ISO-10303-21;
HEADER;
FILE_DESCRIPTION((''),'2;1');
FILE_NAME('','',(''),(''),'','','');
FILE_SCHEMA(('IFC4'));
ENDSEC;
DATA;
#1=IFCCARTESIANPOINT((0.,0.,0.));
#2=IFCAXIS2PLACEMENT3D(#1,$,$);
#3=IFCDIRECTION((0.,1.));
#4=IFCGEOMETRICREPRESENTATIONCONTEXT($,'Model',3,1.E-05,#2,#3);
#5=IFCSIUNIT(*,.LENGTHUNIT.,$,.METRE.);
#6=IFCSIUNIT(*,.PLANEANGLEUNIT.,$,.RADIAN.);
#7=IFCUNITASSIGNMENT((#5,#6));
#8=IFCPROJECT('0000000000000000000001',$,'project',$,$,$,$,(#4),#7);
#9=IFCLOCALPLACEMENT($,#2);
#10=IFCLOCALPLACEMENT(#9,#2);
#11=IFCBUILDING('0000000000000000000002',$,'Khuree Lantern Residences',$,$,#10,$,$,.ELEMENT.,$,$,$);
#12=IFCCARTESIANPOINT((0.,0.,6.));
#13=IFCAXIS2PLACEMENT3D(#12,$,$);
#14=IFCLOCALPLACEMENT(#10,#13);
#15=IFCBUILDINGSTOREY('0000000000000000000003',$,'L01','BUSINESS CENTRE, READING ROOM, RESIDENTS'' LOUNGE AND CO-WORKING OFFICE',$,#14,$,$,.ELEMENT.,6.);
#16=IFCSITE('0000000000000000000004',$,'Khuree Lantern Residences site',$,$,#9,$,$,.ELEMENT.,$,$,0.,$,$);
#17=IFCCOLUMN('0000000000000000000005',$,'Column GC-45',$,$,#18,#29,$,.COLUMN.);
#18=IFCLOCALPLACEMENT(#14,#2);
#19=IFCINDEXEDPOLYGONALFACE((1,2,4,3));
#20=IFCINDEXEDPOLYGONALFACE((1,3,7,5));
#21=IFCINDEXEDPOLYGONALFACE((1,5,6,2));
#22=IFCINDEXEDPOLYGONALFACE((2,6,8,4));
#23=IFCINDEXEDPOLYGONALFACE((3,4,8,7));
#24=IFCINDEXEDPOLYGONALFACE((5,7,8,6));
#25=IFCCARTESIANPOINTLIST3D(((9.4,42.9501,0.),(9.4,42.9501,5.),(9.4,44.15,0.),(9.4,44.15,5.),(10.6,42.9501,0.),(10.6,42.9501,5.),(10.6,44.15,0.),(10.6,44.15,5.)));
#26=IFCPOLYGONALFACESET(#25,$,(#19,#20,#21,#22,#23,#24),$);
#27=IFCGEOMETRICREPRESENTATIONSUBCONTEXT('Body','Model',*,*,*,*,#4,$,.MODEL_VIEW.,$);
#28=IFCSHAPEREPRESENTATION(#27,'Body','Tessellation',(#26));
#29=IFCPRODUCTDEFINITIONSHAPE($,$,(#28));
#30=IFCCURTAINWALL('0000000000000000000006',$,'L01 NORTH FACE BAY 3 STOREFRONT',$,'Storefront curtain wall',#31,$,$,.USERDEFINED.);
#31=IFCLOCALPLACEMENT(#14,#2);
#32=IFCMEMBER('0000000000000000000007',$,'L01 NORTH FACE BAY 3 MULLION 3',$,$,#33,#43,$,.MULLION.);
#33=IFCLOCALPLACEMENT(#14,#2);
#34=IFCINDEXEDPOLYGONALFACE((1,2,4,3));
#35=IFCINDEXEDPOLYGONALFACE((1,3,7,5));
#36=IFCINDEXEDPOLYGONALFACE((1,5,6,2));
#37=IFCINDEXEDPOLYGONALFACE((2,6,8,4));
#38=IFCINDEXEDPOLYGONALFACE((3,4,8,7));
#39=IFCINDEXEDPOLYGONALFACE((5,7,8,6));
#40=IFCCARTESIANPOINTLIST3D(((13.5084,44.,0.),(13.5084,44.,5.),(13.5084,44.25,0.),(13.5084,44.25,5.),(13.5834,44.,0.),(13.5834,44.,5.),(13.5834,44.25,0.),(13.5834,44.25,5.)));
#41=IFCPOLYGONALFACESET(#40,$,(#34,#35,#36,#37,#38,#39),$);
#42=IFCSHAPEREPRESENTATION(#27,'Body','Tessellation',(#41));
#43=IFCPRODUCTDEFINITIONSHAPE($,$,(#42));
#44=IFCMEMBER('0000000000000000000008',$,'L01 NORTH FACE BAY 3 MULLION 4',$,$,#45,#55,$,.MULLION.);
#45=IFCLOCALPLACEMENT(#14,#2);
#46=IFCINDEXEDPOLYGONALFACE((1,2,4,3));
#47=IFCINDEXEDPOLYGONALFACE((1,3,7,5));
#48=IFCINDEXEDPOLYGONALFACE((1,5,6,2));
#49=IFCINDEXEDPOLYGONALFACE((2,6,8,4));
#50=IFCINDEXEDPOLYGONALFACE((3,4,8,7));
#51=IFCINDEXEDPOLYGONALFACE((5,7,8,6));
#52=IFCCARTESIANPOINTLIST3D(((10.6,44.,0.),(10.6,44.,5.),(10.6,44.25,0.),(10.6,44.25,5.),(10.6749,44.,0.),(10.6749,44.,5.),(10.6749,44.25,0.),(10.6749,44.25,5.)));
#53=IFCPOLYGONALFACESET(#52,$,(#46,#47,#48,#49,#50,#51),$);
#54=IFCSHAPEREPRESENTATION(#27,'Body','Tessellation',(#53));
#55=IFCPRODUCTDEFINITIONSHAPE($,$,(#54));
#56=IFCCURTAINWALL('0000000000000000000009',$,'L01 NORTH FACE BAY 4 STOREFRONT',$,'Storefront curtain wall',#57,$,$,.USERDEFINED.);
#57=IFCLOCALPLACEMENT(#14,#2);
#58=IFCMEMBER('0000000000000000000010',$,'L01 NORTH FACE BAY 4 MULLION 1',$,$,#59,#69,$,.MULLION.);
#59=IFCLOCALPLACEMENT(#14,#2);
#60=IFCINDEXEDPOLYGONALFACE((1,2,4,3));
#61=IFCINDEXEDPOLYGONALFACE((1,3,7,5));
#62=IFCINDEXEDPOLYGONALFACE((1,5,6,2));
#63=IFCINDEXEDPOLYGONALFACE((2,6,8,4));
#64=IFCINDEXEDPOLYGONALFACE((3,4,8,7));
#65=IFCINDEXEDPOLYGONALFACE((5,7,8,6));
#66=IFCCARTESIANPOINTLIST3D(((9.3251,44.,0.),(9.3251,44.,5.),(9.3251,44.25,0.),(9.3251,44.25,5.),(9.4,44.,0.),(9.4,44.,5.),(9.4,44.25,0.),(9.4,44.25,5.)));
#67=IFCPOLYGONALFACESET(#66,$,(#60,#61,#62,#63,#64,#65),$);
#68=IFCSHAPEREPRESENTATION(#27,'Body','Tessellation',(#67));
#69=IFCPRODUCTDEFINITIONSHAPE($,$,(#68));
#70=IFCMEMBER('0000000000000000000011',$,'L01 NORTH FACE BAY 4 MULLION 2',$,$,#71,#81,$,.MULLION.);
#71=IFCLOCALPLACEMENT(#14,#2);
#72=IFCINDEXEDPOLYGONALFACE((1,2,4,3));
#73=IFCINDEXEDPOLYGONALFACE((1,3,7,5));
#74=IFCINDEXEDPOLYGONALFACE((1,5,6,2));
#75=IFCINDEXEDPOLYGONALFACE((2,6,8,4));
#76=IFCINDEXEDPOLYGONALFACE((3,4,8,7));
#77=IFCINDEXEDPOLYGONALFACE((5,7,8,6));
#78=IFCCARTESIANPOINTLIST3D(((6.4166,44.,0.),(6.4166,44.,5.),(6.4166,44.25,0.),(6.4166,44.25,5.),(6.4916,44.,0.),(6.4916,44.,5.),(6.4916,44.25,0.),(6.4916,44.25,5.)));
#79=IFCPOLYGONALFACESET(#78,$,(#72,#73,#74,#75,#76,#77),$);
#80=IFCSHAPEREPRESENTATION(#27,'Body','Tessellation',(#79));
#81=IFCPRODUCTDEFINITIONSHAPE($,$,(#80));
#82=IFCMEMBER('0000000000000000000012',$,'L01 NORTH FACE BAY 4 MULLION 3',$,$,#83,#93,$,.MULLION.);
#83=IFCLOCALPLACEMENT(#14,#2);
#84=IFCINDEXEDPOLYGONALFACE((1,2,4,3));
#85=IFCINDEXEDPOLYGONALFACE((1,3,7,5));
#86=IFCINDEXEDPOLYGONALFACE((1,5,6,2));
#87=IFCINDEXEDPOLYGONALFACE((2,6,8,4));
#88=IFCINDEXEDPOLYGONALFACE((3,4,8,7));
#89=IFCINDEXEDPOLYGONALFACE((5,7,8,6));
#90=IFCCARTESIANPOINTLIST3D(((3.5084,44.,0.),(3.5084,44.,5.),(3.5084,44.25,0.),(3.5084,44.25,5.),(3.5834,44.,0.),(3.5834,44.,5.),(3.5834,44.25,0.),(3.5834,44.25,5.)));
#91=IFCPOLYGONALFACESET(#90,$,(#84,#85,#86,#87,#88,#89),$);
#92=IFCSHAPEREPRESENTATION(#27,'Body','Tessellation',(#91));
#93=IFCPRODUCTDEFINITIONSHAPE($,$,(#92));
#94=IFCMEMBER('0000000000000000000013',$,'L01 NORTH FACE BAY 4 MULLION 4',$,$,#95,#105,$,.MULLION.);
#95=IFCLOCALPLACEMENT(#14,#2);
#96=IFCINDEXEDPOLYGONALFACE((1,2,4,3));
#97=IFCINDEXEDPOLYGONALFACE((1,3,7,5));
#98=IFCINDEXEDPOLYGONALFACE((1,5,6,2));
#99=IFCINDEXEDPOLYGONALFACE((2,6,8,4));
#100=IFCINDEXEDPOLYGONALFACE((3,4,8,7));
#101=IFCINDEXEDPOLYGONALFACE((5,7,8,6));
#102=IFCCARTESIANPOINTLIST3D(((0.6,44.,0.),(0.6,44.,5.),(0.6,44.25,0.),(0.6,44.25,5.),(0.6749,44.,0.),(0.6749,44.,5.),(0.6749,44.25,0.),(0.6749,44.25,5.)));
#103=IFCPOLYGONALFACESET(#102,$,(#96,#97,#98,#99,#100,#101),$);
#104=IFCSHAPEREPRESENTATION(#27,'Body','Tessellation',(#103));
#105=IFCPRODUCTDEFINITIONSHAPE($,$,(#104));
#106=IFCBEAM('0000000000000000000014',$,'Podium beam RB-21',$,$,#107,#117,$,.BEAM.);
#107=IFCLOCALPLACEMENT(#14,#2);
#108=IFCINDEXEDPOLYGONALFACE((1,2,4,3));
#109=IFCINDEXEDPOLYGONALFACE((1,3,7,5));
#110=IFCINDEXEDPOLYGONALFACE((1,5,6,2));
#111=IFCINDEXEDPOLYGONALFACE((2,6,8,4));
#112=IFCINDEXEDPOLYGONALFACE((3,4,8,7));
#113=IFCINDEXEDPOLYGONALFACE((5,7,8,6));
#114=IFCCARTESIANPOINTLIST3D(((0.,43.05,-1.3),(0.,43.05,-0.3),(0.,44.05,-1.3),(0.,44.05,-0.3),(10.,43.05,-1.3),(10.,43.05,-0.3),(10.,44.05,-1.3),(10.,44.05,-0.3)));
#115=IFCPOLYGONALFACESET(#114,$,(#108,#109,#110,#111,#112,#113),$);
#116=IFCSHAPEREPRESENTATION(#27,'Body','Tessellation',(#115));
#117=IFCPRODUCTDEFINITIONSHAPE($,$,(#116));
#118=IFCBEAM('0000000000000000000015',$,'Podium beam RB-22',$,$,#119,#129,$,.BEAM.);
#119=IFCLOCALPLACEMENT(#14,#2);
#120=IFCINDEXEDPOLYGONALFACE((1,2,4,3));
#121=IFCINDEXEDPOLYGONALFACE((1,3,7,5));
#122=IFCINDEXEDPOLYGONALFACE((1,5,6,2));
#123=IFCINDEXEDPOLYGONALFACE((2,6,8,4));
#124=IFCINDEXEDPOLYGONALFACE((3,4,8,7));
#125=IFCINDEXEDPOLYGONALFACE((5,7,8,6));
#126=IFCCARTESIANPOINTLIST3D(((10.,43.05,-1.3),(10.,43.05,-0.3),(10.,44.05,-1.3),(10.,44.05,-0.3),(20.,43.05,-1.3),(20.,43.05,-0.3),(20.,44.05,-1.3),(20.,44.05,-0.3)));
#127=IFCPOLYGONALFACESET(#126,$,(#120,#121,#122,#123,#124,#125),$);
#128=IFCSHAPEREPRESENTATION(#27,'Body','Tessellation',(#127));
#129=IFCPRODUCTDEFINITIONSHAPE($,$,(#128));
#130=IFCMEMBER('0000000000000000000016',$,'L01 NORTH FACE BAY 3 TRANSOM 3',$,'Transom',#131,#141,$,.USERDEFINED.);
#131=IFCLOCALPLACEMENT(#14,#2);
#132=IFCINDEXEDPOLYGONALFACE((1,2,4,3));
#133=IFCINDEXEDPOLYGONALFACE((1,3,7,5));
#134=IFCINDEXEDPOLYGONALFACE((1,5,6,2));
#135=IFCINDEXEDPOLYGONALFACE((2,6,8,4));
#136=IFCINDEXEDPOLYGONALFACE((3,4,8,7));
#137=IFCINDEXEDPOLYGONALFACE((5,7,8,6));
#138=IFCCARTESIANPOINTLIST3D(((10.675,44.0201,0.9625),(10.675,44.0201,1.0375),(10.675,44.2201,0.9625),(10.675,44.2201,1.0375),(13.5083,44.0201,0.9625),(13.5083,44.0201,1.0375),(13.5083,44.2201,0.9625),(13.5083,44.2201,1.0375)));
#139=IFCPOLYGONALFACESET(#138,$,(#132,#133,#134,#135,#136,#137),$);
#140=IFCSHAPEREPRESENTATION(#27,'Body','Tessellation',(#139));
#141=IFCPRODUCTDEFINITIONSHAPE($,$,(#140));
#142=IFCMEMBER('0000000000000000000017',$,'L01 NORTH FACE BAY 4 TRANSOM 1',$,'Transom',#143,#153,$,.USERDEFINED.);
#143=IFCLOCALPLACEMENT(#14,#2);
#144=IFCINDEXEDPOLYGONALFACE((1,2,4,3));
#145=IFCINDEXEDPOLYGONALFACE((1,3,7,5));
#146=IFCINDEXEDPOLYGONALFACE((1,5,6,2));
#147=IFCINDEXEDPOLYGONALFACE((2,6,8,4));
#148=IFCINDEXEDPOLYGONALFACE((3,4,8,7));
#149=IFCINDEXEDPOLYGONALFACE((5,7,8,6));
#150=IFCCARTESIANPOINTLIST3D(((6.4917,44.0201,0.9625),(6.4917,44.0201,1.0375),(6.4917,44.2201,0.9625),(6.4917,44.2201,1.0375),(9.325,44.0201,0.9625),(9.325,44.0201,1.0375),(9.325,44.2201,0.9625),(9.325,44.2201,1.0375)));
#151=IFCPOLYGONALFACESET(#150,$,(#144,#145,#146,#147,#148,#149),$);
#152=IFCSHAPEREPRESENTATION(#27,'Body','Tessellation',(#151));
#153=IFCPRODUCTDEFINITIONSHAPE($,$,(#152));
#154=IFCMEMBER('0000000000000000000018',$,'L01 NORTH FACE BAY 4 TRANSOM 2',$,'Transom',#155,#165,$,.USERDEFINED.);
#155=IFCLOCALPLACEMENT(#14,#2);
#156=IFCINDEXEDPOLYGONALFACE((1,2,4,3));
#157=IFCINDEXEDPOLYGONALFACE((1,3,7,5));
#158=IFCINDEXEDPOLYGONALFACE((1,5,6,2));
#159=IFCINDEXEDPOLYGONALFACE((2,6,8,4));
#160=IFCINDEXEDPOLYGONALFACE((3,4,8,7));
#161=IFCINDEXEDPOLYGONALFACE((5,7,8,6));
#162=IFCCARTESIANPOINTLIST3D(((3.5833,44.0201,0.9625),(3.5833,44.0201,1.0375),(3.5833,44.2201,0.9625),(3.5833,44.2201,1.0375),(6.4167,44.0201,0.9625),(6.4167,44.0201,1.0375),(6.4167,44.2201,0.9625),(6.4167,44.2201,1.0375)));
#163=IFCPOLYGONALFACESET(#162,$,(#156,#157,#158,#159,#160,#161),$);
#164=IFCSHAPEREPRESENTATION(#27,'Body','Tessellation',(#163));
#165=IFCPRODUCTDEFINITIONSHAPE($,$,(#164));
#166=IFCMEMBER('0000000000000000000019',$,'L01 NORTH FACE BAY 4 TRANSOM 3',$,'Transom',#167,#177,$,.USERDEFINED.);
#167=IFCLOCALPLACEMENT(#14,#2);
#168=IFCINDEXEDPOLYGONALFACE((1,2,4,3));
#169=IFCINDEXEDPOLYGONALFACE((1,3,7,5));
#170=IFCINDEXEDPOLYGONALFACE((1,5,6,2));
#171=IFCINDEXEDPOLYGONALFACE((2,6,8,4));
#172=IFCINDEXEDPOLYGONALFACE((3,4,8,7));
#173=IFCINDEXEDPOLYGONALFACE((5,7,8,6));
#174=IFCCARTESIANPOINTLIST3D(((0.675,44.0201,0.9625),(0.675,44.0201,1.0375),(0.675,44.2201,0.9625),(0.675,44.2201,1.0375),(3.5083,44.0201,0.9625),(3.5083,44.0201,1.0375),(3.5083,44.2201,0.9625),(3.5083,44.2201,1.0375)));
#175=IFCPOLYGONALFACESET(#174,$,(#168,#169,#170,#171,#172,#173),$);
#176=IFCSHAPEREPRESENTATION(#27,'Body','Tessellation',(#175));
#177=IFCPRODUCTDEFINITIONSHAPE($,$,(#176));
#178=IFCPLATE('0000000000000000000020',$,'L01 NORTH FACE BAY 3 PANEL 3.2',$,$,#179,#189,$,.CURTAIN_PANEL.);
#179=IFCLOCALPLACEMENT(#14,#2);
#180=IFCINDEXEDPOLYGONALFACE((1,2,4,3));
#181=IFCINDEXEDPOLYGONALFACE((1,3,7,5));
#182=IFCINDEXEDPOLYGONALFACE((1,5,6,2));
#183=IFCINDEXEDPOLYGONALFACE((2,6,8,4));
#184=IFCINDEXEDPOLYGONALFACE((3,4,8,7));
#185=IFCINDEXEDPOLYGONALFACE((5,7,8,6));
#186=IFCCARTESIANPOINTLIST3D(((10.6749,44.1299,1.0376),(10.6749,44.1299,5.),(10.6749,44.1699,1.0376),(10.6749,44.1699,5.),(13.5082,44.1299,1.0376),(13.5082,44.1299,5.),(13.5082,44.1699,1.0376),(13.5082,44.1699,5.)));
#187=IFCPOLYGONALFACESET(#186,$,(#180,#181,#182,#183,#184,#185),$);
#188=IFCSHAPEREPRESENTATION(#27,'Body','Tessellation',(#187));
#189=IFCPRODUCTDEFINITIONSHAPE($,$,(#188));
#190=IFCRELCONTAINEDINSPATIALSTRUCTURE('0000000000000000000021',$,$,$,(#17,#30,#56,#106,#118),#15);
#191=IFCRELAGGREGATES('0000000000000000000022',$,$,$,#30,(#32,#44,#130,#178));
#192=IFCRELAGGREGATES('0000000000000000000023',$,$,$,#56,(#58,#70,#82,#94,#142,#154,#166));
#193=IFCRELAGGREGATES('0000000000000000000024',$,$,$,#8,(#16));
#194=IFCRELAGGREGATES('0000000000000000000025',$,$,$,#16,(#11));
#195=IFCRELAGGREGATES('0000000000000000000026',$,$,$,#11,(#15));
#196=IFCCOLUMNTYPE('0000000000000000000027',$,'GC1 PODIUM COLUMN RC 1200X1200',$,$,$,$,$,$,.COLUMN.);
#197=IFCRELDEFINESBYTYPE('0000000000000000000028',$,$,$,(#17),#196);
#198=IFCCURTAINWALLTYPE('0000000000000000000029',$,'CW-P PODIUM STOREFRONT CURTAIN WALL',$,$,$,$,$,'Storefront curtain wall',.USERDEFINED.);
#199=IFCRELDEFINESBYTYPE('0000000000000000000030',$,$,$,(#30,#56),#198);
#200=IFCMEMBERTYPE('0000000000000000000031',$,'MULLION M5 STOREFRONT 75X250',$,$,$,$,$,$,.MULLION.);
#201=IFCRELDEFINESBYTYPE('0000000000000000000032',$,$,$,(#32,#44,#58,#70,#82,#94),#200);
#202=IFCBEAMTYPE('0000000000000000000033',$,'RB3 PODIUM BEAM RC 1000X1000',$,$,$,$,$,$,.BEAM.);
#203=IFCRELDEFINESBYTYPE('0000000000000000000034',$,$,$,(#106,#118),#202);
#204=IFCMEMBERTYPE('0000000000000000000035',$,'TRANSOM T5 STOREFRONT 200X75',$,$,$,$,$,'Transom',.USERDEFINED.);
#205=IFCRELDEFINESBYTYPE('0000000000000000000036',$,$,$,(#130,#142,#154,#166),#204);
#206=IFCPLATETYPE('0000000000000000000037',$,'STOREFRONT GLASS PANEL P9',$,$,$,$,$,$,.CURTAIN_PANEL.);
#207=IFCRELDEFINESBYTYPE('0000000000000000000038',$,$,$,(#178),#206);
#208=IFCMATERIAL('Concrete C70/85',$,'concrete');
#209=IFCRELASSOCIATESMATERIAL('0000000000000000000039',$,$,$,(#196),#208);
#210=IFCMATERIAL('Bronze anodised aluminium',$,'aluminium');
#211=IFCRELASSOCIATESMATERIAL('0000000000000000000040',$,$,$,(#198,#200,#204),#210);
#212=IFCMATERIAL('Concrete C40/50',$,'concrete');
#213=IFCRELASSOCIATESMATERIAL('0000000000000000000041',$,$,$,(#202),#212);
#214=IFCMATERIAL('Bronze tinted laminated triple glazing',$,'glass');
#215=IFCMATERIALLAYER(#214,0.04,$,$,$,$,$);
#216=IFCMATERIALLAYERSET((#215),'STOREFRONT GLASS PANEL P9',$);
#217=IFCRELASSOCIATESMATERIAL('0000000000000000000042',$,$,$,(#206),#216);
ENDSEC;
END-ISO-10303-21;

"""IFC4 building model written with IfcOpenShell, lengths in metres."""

from ifc_helpers import new_model, si_unit, direction, frame, origin, origin_2d, place, context, subcontext, project, spatial, rectangle, extrude, material, layer, layer_set, material_profile, profile_set, type_object, element, aggregate, save


model = new_model("IFC4")

# Units and contexts
model_context = context("Model", 3, precision=1e-05, world=origin(), true_north=direction((0.0, 1.0)))
body_context = subcontext(model_context, "Body", "Model", "MODEL_VIEW")
ifc_project = project(units=[si_unit("LENGTHUNIT", "METRE"), si_unit("PLANEANGLEUNIT", "RADIAN")], contexts=[model_context])

# Site, building, storey
site_placement = place(None, origin())
site = spatial("IfcSite", under=ifc_project, at=site_placement, Name="Khuree Lantern Residences site", CompositionType="ELEMENT", RefElevation=0.0)
building_placement = place(site_placement, origin())
building = spatial("IfcBuilding", under=site, at=building_placement, Name="Khuree Lantern Residences", CompositionType="ELEMENT")
storey_placement = place(building_placement, frame((0.0, 0.0, 6.0)))
storey = spatial("IfcBuildingStorey", under=building, at=storey_placement, Name="L01", Description="BUSINESS CENTRE, READING ROOM, RESIDENTS' LOUNGE AND CO-WORKING OFFICE", CompositionType="ELEMENT", Elevation=6.0)

# Column
ifc_material_1 = material(Name="Concrete C70/85", Category="concrete")
ifc_material_profile_1 = material_profile(ifc_material_1, rectangle(XDim=1.2, YDim=1.2, at=origin_2d()), Name="RC 1200X1200")
ifc_profile_set_1 = profile_set([ifc_material_profile_1], Name="Concrete C70/85")
column_type = type_object("IfcColumnType", Name="GC1 PODIUM COLUMN RC 1200X1200", PredefinedType="COLUMN", material=ifc_profile_set_1)
column_placement = place(storey_placement, frame((10.0, 43.55, 0.0), z_axis=(0.0, 0.0, 1.0), x_axis=(1.0, 0.0, 0.0)))
element("IfcColumn", 1, at=column_placement, inside=storey, type_object=column_type, Name="Column GC-45", PredefinedType="COLUMN", context=body_context, shape_type="SweptSolid", body=[
    extrude(rectangle(XDim=1.2, YDim=1.2, at=origin_2d()), origin(), (0.0, 0.0, 1.0), 5.0),
])

# Curtain walls, members
ifc_material_2 = material(Name="Bronze anodised aluminium", Category="aluminium")
curtain_wall_type = type_object("IfcCurtainWallType", Name="CW-P PODIUM STOREFRONT CURTAIN WALL", ElementType="Storefront curtain wall", PredefinedType="USERDEFINED", material=ifc_material_2)
curtain_wall_1_placement = place(storey_placement, origin())
curtain_wall_1 = element("IfcCurtainWall", 2, at=curtain_wall_1_placement, inside=storey, type_object=curtain_wall_type, Name="L01 NORTH FACE BAY 3 STOREFRONT", ObjectType="Storefront curtain wall", PredefinedType="USERDEFINED")
ifc_material_profile_2 = material_profile(ifc_material_2, rectangle(XDim=0.075, YDim=0.25, at=origin_2d()), Name="M5 75X250")
ifc_profile_set_2 = profile_set([ifc_material_profile_2], Name="Bronze anodised aluminium")
member_type_1 = type_object("IfcMemberType", Name="MULLION M5 STOREFRONT 75X250", PredefinedType="MULLION", material=ifc_profile_set_2)
member_1_placement = place(storey_placement, frame((13.5459, 44.125, 0.0), z_axis=(0.0, 0.0, 1.0), x_axis=(-1.0, 0.0, 0.0)))
member_1 = element("IfcMember", 3, at=member_1_placement, type_object=member_type_1, Name="L01 NORTH FACE BAY 3 MULLION 3", PredefinedType="MULLION", context=body_context, shape_type="SweptSolid", body=[
    extrude(rectangle(XDim=0.075, YDim=0.25, at=origin_2d()), origin(), (0.0, 0.0, 1.0), 5.0),
])
member_2_placement = place(storey_placement, frame((10.6375, 44.125, 0.0), z_axis=(0.0, 0.0, 1.0), x_axis=(-1.0, 0.0, 0.0)))
member_2 = element("IfcMember", 4, at=member_2_placement, type_object=member_type_1, Name="L01 NORTH FACE BAY 3 MULLION 4", PredefinedType="MULLION", context=body_context, shape_type="SweptSolid", body=[
    extrude(rectangle(XDim=0.075, YDim=0.25, at=origin_2d()), origin(), (0.0, 0.0, 1.0), 5.0),
])
curtain_wall_2_placement = place(storey_placement, origin())
curtain_wall_2 = element("IfcCurtainWall", 5, at=curtain_wall_2_placement, inside=storey, type_object=curtain_wall_type, Name="L01 NORTH FACE BAY 4 STOREFRONT", ObjectType="Storefront curtain wall", PredefinedType="USERDEFINED")
member_3_placement = place(storey_placement, frame((9.3625, 44.125, 0.0), z_axis=(0.0, 0.0, 1.0), x_axis=(-1.0, 0.0, 0.0)))
member_3 = element("IfcMember", 6, at=member_3_placement, type_object=member_type_1, Name="L01 NORTH FACE BAY 4 MULLION 1", PredefinedType="MULLION", context=body_context, shape_type="SweptSolid", body=[
    extrude(rectangle(XDim=0.075, YDim=0.25, at=origin_2d()), origin(), (0.0, 0.0, 1.0), 5.0),
])
member_4_placement = place(storey_placement, frame((6.4541, 44.125, 0.0), z_axis=(0.0, 0.0, 1.0), x_axis=(-1.0, 0.0, 0.0)))
member_4 = element("IfcMember", 7, at=member_4_placement, type_object=member_type_1, Name="L01 NORTH FACE BAY 4 MULLION 2", PredefinedType="MULLION", context=body_context, shape_type="SweptSolid", body=[
    extrude(rectangle(XDim=0.075, YDim=0.25, at=origin_2d()), origin(), (0.0, 0.0, 1.0), 5.0),
])
member_5_placement = place(storey_placement, frame((3.5459, 44.125, 0.0), z_axis=(0.0, 0.0, 1.0), x_axis=(-1.0, 0.0, 0.0)))
member_5 = element("IfcMember", 8, at=member_5_placement, type_object=member_type_1, Name="L01 NORTH FACE BAY 4 MULLION 3", PredefinedType="MULLION", context=body_context, shape_type="SweptSolid", body=[
    extrude(rectangle(XDim=0.075, YDim=0.25, at=origin_2d()), origin(), (0.0, 0.0, 1.0), 5.0),
])
member_6_placement = place(storey_placement, frame((0.6375, 44.125, 0.0), z_axis=(0.0, 0.0, 1.0), x_axis=(-1.0, 0.0, 0.0)))
member_6 = element("IfcMember", 9, at=member_6_placement, type_object=member_type_1, Name="L01 NORTH FACE BAY 4 MULLION 4", PredefinedType="MULLION", context=body_context, shape_type="SweptSolid", body=[
    extrude(rectangle(XDim=0.075, YDim=0.25, at=origin_2d()), origin(), (0.0, 0.0, 1.0), 5.0),
])

# Beams
ifc_material_3 = material(Name="Concrete C40/50", Category="concrete")
ifc_material_profile_3 = material_profile(ifc_material_3, rectangle(XDim=1.0, YDim=1.0, at=origin_2d()), Name="RC 1000X1000")
ifc_profile_set_3 = profile_set([ifc_material_profile_3], Name="Concrete C40/50")
beam_type = type_object("IfcBeamType", Name="RB3 PODIUM BEAM RC 1000X1000", PredefinedType="BEAM", material=ifc_profile_set_3)
for number, where, z_axis, x_axis, name in (
    (10, (0.0, 43.55, -0.8), (1.0, 0.0, 0.0), (0.0, 1.0, 0.0), "Podium beam RB-21"),
    (11, (10.0, 43.55, -0.8), (1.0, 0.0, 0.0), (0.0, 1.0, 0.0), "Podium beam RB-22"),
):
    element("IfcBeam", number, at=place(storey_placement, frame(where, z_axis=z_axis, x_axis=x_axis)), inside=storey, type_object=beam_type, Name=name, PredefinedType="BEAM", context=body_context, shape_type="SweptSolid", body=[
        extrude(rectangle(XDim=1.0, YDim=1.0, at=origin_2d()), origin(), (0.0, 0.0, 1.0), 10.0),
    ])

# Members
ifc_material_profile_4 = material_profile(ifc_material_2, rectangle(XDim=0.2, YDim=0.075, at=origin_2d()), Name="T5 200X75")
ifc_profile_set_4 = profile_set([ifc_material_profile_4], Name="Bronze anodised aluminium")
member_type_2 = type_object("IfcMemberType", Name="TRANSOM T5 STOREFRONT 200X75", ElementType="Transom", PredefinedType="USERDEFINED", material=ifc_profile_set_4)
member_7_placement = place(storey_placement, frame((13.5083, 44.1201, 1.0), z_axis=(-1.0, 0.0, 0.0), x_axis=(0.0, -1.0, 0.0)))
member_7 = element("IfcMember", 12, at=member_7_placement, type_object=member_type_2, Name="L01 NORTH FACE BAY 3 TRANSOM 3", ObjectType="Transom", PredefinedType="USERDEFINED", context=body_context, shape_type="SweptSolid", body=[
    extrude(rectangle(XDim=0.2, YDim=0.075, at=origin_2d()), origin(), (0.0, 0.0, 1.0), 2.8333),
])
member_8_placement = place(storey_placement, frame((9.325, 44.1201, 1.0), z_axis=(-1.0, 0.0, 0.0), x_axis=(0.0, -1.0, 0.0)))
member_8 = element("IfcMember", 13, at=member_8_placement, type_object=member_type_2, Name="L01 NORTH FACE BAY 4 TRANSOM 1", ObjectType="Transom", PredefinedType="USERDEFINED", context=body_context, shape_type="SweptSolid", body=[
    extrude(rectangle(XDim=0.2, YDim=0.075, at=origin_2d()), origin(), (0.0, 0.0, 1.0), 2.8333),
])
member_9_placement = place(storey_placement, frame((6.4167, 44.1201, 1.0), z_axis=(-1.0, 0.0, 0.0), x_axis=(0.0, -1.0, 0.0)))
member_9 = element("IfcMember", 14, at=member_9_placement, type_object=member_type_2, Name="L01 NORTH FACE BAY 4 TRANSOM 2", ObjectType="Transom", PredefinedType="USERDEFINED", context=body_context, shape_type="SweptSolid", body=[
    extrude(rectangle(XDim=0.2, YDim=0.075, at=origin_2d()), origin(), (0.0, 0.0, 1.0), 2.8335),
])
member_10_placement = place(storey_placement, frame((3.5083, 44.1201, 1.0), z_axis=(-1.0, 0.0, 0.0), x_axis=(0.0, -1.0, 0.0)))
member_10 = element("IfcMember", 15, at=member_10_placement, type_object=member_type_2, Name="L01 NORTH FACE BAY 4 TRANSOM 3", ObjectType="Transom", PredefinedType="USERDEFINED", context=body_context, shape_type="SweptSolid", body=[
    extrude(rectangle(XDim=0.2, YDim=0.075, at=origin_2d()), origin(), (0.0, 0.0, 1.0), 2.8333),
])

# Plate
ifc_material_4 = material(Name="Bronze tinted laminated triple glazing", Category="glass")
ifc_layer_1 = layer(ifc_material_4, 0.04)
ifc_layer_set_1 = layer_set([ifc_layer_1], Name="STOREFRONT GLASS PANEL P9")
plate_type_1 = type_object("IfcPlateType", Name="STOREFRONT GLASS PANEL P9", PredefinedType="CURTAIN_PANEL", material=ifc_layer_set_1)
plate_1_placement = place(storey_placement, frame((12.0916, 44.1499, 1.0376), z_axis=(0.0, 0.0, 1.0), x_axis=(-1.0, 0.0, 0.0)))
plate_1 = element("IfcPlate", 16, at=plate_1_placement, type_object=plate_type_1, Name="L01 NORTH FACE BAY 3 PANEL 3.2", PredefinedType="CURTAIN_PANEL", context=body_context, shape_type="SweptSolid", body=[
    extrude(rectangle(XDim=2.8333, YDim=0.04, at=origin_2d()), origin(), (0.0, 0.0, 1.0), 3.9624),
])
aggregate(curtain_wall_1, [member_1, member_2, member_7, plate_1])
aggregate(curtain_wall_2, [member_3, member_4, member_5, member_6, member_8, member_9, member_10])

save(model, "model.ifc")
